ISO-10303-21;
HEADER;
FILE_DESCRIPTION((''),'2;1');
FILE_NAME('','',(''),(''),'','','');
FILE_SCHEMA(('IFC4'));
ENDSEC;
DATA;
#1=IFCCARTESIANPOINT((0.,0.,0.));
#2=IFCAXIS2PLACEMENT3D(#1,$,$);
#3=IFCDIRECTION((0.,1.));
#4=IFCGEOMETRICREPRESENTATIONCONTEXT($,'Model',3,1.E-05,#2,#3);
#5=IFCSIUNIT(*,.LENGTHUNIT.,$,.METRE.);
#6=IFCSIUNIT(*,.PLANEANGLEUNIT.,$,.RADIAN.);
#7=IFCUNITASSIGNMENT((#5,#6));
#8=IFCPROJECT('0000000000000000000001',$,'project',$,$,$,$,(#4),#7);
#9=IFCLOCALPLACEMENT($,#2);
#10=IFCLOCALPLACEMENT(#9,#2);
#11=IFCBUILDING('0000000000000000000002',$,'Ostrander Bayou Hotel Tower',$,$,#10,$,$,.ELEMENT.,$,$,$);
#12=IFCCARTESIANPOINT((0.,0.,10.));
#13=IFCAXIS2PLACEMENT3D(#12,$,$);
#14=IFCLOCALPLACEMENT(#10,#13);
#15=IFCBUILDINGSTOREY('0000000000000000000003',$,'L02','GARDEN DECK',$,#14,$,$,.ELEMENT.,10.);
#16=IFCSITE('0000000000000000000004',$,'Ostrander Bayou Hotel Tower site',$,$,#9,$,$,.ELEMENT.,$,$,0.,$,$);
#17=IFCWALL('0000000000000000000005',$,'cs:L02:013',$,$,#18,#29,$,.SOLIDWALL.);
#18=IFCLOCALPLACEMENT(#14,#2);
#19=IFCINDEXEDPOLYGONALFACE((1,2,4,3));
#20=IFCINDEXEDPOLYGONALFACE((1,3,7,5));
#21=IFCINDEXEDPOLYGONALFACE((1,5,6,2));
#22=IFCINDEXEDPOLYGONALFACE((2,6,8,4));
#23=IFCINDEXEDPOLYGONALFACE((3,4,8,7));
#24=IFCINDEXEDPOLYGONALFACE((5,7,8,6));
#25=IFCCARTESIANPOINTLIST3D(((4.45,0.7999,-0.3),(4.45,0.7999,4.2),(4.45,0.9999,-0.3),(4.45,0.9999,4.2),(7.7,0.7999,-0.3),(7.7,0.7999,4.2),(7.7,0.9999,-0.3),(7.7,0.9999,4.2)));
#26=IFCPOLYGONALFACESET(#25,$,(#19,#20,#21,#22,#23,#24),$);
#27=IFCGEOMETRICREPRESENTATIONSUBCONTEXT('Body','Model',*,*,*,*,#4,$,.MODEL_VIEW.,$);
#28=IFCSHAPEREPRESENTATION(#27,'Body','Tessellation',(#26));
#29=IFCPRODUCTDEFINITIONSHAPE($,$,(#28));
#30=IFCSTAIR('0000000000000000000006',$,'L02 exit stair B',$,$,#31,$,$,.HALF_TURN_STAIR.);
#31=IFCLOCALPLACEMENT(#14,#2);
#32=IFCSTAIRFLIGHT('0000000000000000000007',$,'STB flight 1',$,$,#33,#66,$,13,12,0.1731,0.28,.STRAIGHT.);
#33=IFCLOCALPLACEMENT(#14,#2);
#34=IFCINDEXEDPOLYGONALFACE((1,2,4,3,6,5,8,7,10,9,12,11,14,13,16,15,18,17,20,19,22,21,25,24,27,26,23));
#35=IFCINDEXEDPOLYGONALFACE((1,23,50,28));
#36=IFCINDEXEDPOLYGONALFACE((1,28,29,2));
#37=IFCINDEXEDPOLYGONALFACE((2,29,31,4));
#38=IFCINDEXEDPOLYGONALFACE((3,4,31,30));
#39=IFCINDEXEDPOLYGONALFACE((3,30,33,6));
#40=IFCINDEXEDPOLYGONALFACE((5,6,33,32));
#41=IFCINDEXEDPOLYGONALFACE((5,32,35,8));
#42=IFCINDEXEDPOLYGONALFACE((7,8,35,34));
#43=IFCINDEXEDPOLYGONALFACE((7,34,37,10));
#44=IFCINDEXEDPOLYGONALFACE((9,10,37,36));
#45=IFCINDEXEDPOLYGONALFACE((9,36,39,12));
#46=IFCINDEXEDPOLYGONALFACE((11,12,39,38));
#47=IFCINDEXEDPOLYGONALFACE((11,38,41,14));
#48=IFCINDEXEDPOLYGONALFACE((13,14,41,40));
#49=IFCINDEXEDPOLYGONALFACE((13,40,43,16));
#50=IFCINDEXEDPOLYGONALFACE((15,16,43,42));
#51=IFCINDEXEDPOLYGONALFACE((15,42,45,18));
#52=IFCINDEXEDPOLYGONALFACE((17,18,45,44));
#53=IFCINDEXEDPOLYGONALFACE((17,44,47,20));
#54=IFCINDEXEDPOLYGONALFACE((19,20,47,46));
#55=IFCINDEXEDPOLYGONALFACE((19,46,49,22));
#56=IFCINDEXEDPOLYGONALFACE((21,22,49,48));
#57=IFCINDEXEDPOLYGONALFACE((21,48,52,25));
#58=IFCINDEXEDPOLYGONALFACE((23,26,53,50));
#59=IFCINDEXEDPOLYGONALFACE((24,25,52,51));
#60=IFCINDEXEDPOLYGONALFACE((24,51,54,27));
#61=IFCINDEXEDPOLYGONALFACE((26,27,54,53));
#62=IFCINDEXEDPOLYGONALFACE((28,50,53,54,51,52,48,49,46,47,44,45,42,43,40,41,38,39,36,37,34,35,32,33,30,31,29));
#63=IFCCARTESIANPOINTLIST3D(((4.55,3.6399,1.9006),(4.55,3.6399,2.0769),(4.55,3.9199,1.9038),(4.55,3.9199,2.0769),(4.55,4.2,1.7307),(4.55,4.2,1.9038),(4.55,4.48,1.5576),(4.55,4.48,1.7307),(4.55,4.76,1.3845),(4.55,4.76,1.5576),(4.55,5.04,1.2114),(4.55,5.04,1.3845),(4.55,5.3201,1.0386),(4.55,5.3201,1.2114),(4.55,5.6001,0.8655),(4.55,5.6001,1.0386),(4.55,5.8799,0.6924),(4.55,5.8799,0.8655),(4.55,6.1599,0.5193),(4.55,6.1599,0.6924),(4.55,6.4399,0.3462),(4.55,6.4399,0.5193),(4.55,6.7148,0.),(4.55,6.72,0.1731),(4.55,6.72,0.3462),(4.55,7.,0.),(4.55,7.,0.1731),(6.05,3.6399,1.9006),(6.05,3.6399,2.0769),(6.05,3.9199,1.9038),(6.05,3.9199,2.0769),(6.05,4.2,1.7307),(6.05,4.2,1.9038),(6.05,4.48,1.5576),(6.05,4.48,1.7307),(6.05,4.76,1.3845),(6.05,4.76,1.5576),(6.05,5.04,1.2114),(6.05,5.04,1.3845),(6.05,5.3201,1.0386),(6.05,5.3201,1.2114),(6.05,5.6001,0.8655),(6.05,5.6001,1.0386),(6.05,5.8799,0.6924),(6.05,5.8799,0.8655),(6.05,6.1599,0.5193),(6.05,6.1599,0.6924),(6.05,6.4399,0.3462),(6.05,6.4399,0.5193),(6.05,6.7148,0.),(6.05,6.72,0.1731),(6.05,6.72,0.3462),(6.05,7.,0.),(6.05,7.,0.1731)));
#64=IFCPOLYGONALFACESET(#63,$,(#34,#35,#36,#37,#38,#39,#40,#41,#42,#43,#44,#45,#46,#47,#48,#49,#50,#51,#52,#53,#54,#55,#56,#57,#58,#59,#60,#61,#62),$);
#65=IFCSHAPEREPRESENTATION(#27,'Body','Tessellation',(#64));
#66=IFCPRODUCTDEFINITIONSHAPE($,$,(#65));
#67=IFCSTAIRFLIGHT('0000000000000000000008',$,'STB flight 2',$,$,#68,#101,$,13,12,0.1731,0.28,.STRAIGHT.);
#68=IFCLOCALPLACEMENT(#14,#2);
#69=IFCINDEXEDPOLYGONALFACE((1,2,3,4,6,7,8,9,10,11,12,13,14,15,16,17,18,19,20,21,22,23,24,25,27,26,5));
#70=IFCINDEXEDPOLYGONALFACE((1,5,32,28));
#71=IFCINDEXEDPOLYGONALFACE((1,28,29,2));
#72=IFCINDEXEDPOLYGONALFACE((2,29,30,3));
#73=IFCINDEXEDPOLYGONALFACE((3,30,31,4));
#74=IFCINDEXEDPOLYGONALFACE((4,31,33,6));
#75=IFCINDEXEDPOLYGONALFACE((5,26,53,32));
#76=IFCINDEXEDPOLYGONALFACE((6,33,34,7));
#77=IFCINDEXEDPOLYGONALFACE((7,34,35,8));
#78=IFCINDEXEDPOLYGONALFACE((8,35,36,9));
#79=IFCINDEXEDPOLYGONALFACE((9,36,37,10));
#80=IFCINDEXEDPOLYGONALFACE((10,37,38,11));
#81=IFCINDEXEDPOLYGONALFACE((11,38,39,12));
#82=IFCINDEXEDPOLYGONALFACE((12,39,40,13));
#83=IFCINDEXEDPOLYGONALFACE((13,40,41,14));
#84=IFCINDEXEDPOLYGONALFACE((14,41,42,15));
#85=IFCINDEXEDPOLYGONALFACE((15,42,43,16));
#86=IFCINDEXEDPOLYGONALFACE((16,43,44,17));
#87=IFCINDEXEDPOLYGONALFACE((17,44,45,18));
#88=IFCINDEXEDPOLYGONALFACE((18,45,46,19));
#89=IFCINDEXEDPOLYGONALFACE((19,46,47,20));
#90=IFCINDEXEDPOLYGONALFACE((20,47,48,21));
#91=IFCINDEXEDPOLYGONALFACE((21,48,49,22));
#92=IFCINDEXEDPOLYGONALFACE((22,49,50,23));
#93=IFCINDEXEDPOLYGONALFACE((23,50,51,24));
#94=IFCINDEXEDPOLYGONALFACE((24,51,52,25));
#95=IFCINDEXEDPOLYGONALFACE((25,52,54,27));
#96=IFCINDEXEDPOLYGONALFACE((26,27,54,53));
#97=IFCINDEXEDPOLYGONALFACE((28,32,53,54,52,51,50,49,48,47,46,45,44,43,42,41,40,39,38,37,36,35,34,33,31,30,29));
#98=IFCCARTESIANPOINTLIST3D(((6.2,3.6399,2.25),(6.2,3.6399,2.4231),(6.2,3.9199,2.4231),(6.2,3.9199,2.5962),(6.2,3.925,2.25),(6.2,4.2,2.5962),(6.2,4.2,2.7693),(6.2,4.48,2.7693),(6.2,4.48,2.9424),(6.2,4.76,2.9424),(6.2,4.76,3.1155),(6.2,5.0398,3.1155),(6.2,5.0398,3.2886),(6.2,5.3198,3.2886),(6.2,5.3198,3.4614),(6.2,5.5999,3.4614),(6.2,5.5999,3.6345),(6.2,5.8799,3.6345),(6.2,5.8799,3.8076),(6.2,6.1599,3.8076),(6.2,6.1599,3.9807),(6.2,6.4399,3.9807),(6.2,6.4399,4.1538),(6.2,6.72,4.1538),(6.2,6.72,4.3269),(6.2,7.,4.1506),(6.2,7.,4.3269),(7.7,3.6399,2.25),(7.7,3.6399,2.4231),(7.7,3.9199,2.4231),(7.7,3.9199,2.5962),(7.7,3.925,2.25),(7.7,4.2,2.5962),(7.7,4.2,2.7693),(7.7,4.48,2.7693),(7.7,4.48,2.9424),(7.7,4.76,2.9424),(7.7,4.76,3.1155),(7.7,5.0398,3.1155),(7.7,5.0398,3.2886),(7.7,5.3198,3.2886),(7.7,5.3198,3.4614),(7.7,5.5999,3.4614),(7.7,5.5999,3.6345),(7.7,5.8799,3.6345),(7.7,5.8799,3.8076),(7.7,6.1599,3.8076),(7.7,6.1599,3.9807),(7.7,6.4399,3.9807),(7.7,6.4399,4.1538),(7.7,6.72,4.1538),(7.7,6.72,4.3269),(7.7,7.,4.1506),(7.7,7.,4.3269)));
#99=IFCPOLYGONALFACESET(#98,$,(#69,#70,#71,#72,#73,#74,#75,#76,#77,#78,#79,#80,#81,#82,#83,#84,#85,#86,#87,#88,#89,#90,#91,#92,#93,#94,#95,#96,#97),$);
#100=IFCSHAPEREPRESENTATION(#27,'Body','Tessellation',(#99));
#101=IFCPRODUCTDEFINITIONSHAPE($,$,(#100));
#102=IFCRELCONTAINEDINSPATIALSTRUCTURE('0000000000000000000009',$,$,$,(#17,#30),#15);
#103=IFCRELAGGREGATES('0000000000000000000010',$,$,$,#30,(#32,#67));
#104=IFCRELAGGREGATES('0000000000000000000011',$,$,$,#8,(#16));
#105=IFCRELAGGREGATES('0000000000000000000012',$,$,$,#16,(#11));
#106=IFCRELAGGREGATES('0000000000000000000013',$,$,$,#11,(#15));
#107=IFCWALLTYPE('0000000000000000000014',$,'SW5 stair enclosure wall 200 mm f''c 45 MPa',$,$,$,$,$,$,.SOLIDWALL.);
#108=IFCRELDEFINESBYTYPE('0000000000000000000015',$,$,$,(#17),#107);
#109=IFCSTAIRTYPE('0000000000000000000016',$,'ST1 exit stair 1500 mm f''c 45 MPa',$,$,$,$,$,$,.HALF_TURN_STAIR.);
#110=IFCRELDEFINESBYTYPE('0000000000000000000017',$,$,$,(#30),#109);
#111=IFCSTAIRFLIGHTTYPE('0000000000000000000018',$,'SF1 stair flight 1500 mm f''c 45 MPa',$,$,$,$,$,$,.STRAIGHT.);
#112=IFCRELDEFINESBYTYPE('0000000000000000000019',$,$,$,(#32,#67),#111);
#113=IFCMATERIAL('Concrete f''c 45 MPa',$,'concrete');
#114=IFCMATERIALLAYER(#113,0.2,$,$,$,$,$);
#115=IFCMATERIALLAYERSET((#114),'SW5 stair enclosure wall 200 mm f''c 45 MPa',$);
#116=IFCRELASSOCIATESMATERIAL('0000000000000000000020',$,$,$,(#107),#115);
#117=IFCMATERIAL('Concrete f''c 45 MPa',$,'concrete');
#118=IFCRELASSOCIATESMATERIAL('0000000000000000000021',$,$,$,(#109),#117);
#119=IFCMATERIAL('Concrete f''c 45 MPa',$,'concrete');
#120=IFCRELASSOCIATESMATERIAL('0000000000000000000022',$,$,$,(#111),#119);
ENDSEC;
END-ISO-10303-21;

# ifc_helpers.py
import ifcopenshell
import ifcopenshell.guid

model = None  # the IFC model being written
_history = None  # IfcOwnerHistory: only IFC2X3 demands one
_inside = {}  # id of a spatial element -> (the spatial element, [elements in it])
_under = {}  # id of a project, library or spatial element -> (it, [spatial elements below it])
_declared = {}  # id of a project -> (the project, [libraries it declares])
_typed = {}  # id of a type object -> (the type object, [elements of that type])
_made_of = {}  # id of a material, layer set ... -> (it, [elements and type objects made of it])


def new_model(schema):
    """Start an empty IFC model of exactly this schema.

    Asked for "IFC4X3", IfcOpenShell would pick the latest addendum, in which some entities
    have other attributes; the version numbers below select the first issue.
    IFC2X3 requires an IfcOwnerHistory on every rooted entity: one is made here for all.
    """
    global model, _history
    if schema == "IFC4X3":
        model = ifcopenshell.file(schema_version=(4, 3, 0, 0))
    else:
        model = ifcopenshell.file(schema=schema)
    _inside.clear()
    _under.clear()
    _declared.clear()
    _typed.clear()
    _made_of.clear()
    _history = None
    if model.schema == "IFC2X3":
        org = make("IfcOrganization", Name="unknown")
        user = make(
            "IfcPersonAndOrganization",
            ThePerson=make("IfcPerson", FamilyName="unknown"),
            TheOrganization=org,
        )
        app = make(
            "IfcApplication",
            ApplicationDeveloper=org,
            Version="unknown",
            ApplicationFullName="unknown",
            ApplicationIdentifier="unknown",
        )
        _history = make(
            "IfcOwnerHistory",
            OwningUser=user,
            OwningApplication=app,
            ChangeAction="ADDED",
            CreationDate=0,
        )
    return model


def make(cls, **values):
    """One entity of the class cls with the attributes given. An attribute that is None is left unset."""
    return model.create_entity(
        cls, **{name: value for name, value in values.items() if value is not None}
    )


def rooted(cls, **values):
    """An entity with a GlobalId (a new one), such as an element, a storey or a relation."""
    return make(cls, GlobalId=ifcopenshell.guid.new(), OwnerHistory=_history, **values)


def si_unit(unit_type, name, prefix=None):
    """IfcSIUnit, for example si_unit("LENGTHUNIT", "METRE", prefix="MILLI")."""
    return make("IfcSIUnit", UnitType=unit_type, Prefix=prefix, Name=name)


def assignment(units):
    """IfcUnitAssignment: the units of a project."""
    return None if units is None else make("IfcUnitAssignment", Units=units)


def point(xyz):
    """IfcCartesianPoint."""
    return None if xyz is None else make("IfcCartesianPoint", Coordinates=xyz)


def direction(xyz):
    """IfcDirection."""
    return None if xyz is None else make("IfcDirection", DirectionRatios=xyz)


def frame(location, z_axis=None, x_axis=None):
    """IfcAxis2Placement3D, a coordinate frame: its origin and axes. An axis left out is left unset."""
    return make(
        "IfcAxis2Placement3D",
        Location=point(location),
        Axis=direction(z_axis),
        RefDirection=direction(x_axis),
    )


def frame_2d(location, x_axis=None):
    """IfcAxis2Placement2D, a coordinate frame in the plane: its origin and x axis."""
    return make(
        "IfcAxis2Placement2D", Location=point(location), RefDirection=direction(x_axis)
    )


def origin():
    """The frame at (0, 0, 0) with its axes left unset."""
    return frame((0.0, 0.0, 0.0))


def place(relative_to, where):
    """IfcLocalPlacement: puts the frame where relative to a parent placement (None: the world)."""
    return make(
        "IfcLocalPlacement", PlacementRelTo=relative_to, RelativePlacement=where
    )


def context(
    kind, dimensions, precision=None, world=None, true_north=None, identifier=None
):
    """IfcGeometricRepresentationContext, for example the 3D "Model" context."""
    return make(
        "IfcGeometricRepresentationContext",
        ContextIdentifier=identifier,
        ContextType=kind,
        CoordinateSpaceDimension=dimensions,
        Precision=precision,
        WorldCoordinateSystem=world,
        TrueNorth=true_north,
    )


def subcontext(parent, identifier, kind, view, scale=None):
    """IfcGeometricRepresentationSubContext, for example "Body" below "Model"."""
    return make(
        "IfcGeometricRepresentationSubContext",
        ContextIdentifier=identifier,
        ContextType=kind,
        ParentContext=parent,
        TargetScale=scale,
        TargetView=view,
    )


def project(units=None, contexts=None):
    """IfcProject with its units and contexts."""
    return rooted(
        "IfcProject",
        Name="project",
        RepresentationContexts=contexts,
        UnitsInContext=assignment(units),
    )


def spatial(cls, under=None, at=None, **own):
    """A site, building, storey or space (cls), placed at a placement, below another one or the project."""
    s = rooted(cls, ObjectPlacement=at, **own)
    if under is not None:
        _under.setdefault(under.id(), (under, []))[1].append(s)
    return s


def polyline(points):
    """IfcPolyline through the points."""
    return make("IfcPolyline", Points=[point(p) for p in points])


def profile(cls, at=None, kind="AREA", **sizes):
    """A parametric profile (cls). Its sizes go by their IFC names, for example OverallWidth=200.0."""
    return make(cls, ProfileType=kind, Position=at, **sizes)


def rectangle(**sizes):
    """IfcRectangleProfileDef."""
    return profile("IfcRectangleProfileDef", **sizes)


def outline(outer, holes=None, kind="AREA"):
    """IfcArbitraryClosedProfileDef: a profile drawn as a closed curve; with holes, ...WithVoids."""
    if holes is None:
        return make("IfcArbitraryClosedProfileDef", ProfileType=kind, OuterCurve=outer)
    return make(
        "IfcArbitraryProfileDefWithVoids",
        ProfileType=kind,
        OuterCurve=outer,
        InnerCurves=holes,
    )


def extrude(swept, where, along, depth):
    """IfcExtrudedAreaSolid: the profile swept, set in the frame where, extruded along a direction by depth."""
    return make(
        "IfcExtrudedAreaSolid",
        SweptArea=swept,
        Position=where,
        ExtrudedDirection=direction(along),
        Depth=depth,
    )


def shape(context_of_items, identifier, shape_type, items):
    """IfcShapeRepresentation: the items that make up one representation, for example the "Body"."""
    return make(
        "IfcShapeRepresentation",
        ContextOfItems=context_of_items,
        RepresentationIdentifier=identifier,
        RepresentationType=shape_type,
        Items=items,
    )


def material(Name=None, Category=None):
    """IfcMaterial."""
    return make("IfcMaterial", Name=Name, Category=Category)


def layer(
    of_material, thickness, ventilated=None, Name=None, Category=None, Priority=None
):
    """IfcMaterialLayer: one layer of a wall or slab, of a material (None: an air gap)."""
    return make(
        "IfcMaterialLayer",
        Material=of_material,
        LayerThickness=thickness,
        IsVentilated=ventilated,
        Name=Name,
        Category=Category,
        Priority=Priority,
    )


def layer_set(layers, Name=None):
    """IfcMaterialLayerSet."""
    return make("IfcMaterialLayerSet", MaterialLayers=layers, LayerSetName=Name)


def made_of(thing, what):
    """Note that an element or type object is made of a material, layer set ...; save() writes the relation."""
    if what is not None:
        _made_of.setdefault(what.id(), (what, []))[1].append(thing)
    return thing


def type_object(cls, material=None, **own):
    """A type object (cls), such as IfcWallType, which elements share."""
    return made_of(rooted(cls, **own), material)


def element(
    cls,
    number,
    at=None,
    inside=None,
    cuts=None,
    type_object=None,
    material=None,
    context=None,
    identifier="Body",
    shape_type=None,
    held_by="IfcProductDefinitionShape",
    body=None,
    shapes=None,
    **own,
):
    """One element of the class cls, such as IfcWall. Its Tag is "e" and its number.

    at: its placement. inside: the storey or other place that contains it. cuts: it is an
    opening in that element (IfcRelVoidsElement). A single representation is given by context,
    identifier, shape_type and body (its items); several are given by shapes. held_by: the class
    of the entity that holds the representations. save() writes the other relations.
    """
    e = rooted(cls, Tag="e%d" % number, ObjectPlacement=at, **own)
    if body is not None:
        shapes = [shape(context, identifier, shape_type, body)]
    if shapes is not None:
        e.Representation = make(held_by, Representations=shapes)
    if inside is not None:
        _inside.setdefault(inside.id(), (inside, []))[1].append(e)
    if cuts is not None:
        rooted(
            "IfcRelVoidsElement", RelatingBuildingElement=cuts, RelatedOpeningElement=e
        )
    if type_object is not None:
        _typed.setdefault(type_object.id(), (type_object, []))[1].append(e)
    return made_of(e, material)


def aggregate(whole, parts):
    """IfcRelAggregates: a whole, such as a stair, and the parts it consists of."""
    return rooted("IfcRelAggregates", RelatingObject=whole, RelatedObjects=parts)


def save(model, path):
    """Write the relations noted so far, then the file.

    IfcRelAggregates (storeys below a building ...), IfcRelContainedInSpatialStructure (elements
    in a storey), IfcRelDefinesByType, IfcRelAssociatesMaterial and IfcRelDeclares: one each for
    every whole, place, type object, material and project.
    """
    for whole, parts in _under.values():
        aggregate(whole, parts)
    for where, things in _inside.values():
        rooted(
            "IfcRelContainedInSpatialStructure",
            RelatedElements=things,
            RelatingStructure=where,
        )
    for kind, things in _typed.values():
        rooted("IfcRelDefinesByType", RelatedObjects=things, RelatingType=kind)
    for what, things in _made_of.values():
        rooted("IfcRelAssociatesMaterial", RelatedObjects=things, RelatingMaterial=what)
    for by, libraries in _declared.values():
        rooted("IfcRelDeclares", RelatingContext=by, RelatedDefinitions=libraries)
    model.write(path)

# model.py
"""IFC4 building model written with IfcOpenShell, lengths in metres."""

from ifc_helpers import new_model, si_unit, direction, frame, frame_2d, origin, place, context, subcontext, project, spatial, polyline, rectangle, outline, extrude, material, layer, layer_set, type_object, element, aggregate, save


model = new_model("IFC4")

# Units and contexts
model_context = context("Model", 3, precision=1e-05, world=origin(), true_north=direction((0.0, 1.0)))
body_context = subcontext(model_context, "Body", "Model", "MODEL_VIEW")
ifc_project = project(units=[si_unit("LENGTHUNIT", "METRE"), si_unit("PLANEANGLEUNIT", "RADIAN")], contexts=[model_context])

# Site, building, storey
site_placement = place(None, origin())
site = spatial("IfcSite", under=ifc_project, at=site_placement, Name="Ostrander Bayou Hotel Tower site", CompositionType="ELEMENT", RefElevation=0.0)
building_placement = place(site_placement, origin())
building = spatial("IfcBuilding", under=site, at=building_placement, Name="Ostrander Bayou Hotel Tower", CompositionType="ELEMENT")
storey_placement = place(building_placement, frame((0.0, 0.0, 10.0)))
storey = spatial("IfcBuildingStorey", under=building, at=storey_placement, Name="L02", Description="GARDEN DECK", CompositionType="ELEMENT", Elevation=10.0)

# Wall
ifc_material_1 = material(Name="Concrete f'c 45 MPa", Category="concrete")
ifc_layer_1 = layer(ifc_material_1, 0.2)
ifc_layer_set_1 = layer_set([ifc_layer_1], Name="SW5 stair enclosure wall 200 mm f'c 45 MPa")
wall_type_1 = type_object("IfcWallType", Name="SW5 stair enclosure wall 200 mm f'c 45 MPa", PredefinedType="SOLIDWALL", material=ifc_layer_set_1)
wall_1_placement = place(storey_placement, frame((4.45, 0.8999, -0.3), z_axis=(0.0, 0.0, 1.0), x_axis=(1.0, 0.0, 0.0)))
element("IfcWall", 1, at=wall_1_placement, inside=storey, type_object=wall_type_1, Name="cs:L02:013", PredefinedType="SOLIDWALL", context=body_context, shape_type="SweptSolid", body=[
    extrude(rectangle(XDim=3.25, YDim=0.2, at=frame_2d((1.625, 0.0))), origin(), (0.0, 0.0, 1.0), 4.5),
])

# Stair, stair flights
ifc_material_2 = material(Name="Concrete f'c 45 MPa", Category="concrete")
stair_type = type_object("IfcStairType", Name="ST1 exit stair 1500 mm f'c 45 MPa", PredefinedType="HALF_TURN_STAIR", material=ifc_material_2)
stair_placement = place(storey_placement, origin())
stair = element("IfcStair", 2, at=stair_placement, inside=storey, type_object=stair_type, Name="L02 exit stair B", PredefinedType="HALF_TURN_STAIR")
ifc_material_3 = material(Name="Concrete f'c 45 MPa", Category="concrete")
stair_flight_type = type_object("IfcStairFlightType", Name="SF1 stair flight 1500 mm f'c 45 MPa", PredefinedType="STRAIGHT", material=ifc_material_3)
stair_flight_1_placement = place(storey_placement, frame((5.3, 7.0, 0.0), z_axis=(0.0, 0.0, 1.0), x_axis=(0.0, -1.0, 0.0)))
stair_flight_1 = element("IfcStairFlight", 3, at=stair_flight_1_placement, type_object=stair_flight_type, Name="STB flight 1", NumberOfRisers=13, NumberOfTreads=12, PredefinedType="STRAIGHT", RiserHeight=0.1731, TreadLength=0.28, context=body_context, shape_type="SweptSolid", body=[
    extrude(outline(polyline([(0.0, 0.0), (0.0, 0.1731), (0.28, 0.1731), (0.28, 0.3462), (0.5601, 0.3462), (0.5601, 0.5193), (0.8401, 0.5193), (0.8401, 0.6924), (1.1201, 0.6924), (1.1201, 0.8655), (1.3999, 0.8655), (1.3999, 1.0386), (1.6799, 1.0386), (1.6799, 1.2114), (1.96, 1.2114), (1.96, 1.3845), (2.24, 1.3845), (2.24, 1.5576), (2.52, 1.5576), (2.52, 1.7307), (2.8, 1.7307), (2.8, 1.9038), (3.0801, 1.9038), (3.0801, 2.0769), (3.3601, 2.0769), (3.3601, 2.25), (3.3601, 1.9006), (0.2852, 0.0), (0.0, 0.0)])), frame((0.0, 0.75, 0.0), z_axis=(0.0, -1.0, 0.0), x_axis=(1.0, 0.0, 0.0)), (0.0, 0.0, 1.0), 1.5),
])
stair_flight_2_placement = place(storey_placement, frame((6.95, 3.6399, 2.25), z_axis=(0.0, 0.0, 1.0), x_axis=(0.0, 1.0, 0.0)))
stair_flight_2 = element("IfcStairFlight", 4, at=stair_flight_2_placement, type_object=stair_flight_type, Name="STB flight 2", NumberOfRisers=13, NumberOfTreads=12, PredefinedType="STRAIGHT", RiserHeight=0.1731, TreadLength=0.28, context=body_context, shape_type="SweptSolid", body=[
    extrude(outline(polyline([(0.0, 0.0), (0.0, 0.1731), (0.28, 0.1731), (0.28, 0.3462), (0.5601, 0.3462), (0.5601, 0.5193), (0.8401, 0.5193), (0.8401, 0.6924), (1.1201, 0.6924), (1.1201, 0.8655), (1.3999, 0.8655), (1.3999, 1.0386), (1.6799, 1.0386), (1.6799, 1.2114), (1.96, 1.2114), (1.96, 1.3845), (2.24, 1.3845), (2.24, 1.5576), (2.52, 1.5576), (2.52, 1.7307), (2.8, 1.7307), (2.8, 1.9038), (3.0801, 1.9038), (3.0801, 2.0769), (3.3601, 2.0769), (3.3601, 2.25), (3.3601, 1.9006), (0.2852, 0.0), (0.0, 0.0)])), frame((0.0, 0.75, 0.0), z_axis=(0.0, -1.0, 0.0), x_axis=(1.0, 0.0, 0.0)), (0.0, 0.0, 1.0), 1.5),
])
aggregate(stair, [stair_flight_1, stair_flight_2])

save(model, "model.ifc")
